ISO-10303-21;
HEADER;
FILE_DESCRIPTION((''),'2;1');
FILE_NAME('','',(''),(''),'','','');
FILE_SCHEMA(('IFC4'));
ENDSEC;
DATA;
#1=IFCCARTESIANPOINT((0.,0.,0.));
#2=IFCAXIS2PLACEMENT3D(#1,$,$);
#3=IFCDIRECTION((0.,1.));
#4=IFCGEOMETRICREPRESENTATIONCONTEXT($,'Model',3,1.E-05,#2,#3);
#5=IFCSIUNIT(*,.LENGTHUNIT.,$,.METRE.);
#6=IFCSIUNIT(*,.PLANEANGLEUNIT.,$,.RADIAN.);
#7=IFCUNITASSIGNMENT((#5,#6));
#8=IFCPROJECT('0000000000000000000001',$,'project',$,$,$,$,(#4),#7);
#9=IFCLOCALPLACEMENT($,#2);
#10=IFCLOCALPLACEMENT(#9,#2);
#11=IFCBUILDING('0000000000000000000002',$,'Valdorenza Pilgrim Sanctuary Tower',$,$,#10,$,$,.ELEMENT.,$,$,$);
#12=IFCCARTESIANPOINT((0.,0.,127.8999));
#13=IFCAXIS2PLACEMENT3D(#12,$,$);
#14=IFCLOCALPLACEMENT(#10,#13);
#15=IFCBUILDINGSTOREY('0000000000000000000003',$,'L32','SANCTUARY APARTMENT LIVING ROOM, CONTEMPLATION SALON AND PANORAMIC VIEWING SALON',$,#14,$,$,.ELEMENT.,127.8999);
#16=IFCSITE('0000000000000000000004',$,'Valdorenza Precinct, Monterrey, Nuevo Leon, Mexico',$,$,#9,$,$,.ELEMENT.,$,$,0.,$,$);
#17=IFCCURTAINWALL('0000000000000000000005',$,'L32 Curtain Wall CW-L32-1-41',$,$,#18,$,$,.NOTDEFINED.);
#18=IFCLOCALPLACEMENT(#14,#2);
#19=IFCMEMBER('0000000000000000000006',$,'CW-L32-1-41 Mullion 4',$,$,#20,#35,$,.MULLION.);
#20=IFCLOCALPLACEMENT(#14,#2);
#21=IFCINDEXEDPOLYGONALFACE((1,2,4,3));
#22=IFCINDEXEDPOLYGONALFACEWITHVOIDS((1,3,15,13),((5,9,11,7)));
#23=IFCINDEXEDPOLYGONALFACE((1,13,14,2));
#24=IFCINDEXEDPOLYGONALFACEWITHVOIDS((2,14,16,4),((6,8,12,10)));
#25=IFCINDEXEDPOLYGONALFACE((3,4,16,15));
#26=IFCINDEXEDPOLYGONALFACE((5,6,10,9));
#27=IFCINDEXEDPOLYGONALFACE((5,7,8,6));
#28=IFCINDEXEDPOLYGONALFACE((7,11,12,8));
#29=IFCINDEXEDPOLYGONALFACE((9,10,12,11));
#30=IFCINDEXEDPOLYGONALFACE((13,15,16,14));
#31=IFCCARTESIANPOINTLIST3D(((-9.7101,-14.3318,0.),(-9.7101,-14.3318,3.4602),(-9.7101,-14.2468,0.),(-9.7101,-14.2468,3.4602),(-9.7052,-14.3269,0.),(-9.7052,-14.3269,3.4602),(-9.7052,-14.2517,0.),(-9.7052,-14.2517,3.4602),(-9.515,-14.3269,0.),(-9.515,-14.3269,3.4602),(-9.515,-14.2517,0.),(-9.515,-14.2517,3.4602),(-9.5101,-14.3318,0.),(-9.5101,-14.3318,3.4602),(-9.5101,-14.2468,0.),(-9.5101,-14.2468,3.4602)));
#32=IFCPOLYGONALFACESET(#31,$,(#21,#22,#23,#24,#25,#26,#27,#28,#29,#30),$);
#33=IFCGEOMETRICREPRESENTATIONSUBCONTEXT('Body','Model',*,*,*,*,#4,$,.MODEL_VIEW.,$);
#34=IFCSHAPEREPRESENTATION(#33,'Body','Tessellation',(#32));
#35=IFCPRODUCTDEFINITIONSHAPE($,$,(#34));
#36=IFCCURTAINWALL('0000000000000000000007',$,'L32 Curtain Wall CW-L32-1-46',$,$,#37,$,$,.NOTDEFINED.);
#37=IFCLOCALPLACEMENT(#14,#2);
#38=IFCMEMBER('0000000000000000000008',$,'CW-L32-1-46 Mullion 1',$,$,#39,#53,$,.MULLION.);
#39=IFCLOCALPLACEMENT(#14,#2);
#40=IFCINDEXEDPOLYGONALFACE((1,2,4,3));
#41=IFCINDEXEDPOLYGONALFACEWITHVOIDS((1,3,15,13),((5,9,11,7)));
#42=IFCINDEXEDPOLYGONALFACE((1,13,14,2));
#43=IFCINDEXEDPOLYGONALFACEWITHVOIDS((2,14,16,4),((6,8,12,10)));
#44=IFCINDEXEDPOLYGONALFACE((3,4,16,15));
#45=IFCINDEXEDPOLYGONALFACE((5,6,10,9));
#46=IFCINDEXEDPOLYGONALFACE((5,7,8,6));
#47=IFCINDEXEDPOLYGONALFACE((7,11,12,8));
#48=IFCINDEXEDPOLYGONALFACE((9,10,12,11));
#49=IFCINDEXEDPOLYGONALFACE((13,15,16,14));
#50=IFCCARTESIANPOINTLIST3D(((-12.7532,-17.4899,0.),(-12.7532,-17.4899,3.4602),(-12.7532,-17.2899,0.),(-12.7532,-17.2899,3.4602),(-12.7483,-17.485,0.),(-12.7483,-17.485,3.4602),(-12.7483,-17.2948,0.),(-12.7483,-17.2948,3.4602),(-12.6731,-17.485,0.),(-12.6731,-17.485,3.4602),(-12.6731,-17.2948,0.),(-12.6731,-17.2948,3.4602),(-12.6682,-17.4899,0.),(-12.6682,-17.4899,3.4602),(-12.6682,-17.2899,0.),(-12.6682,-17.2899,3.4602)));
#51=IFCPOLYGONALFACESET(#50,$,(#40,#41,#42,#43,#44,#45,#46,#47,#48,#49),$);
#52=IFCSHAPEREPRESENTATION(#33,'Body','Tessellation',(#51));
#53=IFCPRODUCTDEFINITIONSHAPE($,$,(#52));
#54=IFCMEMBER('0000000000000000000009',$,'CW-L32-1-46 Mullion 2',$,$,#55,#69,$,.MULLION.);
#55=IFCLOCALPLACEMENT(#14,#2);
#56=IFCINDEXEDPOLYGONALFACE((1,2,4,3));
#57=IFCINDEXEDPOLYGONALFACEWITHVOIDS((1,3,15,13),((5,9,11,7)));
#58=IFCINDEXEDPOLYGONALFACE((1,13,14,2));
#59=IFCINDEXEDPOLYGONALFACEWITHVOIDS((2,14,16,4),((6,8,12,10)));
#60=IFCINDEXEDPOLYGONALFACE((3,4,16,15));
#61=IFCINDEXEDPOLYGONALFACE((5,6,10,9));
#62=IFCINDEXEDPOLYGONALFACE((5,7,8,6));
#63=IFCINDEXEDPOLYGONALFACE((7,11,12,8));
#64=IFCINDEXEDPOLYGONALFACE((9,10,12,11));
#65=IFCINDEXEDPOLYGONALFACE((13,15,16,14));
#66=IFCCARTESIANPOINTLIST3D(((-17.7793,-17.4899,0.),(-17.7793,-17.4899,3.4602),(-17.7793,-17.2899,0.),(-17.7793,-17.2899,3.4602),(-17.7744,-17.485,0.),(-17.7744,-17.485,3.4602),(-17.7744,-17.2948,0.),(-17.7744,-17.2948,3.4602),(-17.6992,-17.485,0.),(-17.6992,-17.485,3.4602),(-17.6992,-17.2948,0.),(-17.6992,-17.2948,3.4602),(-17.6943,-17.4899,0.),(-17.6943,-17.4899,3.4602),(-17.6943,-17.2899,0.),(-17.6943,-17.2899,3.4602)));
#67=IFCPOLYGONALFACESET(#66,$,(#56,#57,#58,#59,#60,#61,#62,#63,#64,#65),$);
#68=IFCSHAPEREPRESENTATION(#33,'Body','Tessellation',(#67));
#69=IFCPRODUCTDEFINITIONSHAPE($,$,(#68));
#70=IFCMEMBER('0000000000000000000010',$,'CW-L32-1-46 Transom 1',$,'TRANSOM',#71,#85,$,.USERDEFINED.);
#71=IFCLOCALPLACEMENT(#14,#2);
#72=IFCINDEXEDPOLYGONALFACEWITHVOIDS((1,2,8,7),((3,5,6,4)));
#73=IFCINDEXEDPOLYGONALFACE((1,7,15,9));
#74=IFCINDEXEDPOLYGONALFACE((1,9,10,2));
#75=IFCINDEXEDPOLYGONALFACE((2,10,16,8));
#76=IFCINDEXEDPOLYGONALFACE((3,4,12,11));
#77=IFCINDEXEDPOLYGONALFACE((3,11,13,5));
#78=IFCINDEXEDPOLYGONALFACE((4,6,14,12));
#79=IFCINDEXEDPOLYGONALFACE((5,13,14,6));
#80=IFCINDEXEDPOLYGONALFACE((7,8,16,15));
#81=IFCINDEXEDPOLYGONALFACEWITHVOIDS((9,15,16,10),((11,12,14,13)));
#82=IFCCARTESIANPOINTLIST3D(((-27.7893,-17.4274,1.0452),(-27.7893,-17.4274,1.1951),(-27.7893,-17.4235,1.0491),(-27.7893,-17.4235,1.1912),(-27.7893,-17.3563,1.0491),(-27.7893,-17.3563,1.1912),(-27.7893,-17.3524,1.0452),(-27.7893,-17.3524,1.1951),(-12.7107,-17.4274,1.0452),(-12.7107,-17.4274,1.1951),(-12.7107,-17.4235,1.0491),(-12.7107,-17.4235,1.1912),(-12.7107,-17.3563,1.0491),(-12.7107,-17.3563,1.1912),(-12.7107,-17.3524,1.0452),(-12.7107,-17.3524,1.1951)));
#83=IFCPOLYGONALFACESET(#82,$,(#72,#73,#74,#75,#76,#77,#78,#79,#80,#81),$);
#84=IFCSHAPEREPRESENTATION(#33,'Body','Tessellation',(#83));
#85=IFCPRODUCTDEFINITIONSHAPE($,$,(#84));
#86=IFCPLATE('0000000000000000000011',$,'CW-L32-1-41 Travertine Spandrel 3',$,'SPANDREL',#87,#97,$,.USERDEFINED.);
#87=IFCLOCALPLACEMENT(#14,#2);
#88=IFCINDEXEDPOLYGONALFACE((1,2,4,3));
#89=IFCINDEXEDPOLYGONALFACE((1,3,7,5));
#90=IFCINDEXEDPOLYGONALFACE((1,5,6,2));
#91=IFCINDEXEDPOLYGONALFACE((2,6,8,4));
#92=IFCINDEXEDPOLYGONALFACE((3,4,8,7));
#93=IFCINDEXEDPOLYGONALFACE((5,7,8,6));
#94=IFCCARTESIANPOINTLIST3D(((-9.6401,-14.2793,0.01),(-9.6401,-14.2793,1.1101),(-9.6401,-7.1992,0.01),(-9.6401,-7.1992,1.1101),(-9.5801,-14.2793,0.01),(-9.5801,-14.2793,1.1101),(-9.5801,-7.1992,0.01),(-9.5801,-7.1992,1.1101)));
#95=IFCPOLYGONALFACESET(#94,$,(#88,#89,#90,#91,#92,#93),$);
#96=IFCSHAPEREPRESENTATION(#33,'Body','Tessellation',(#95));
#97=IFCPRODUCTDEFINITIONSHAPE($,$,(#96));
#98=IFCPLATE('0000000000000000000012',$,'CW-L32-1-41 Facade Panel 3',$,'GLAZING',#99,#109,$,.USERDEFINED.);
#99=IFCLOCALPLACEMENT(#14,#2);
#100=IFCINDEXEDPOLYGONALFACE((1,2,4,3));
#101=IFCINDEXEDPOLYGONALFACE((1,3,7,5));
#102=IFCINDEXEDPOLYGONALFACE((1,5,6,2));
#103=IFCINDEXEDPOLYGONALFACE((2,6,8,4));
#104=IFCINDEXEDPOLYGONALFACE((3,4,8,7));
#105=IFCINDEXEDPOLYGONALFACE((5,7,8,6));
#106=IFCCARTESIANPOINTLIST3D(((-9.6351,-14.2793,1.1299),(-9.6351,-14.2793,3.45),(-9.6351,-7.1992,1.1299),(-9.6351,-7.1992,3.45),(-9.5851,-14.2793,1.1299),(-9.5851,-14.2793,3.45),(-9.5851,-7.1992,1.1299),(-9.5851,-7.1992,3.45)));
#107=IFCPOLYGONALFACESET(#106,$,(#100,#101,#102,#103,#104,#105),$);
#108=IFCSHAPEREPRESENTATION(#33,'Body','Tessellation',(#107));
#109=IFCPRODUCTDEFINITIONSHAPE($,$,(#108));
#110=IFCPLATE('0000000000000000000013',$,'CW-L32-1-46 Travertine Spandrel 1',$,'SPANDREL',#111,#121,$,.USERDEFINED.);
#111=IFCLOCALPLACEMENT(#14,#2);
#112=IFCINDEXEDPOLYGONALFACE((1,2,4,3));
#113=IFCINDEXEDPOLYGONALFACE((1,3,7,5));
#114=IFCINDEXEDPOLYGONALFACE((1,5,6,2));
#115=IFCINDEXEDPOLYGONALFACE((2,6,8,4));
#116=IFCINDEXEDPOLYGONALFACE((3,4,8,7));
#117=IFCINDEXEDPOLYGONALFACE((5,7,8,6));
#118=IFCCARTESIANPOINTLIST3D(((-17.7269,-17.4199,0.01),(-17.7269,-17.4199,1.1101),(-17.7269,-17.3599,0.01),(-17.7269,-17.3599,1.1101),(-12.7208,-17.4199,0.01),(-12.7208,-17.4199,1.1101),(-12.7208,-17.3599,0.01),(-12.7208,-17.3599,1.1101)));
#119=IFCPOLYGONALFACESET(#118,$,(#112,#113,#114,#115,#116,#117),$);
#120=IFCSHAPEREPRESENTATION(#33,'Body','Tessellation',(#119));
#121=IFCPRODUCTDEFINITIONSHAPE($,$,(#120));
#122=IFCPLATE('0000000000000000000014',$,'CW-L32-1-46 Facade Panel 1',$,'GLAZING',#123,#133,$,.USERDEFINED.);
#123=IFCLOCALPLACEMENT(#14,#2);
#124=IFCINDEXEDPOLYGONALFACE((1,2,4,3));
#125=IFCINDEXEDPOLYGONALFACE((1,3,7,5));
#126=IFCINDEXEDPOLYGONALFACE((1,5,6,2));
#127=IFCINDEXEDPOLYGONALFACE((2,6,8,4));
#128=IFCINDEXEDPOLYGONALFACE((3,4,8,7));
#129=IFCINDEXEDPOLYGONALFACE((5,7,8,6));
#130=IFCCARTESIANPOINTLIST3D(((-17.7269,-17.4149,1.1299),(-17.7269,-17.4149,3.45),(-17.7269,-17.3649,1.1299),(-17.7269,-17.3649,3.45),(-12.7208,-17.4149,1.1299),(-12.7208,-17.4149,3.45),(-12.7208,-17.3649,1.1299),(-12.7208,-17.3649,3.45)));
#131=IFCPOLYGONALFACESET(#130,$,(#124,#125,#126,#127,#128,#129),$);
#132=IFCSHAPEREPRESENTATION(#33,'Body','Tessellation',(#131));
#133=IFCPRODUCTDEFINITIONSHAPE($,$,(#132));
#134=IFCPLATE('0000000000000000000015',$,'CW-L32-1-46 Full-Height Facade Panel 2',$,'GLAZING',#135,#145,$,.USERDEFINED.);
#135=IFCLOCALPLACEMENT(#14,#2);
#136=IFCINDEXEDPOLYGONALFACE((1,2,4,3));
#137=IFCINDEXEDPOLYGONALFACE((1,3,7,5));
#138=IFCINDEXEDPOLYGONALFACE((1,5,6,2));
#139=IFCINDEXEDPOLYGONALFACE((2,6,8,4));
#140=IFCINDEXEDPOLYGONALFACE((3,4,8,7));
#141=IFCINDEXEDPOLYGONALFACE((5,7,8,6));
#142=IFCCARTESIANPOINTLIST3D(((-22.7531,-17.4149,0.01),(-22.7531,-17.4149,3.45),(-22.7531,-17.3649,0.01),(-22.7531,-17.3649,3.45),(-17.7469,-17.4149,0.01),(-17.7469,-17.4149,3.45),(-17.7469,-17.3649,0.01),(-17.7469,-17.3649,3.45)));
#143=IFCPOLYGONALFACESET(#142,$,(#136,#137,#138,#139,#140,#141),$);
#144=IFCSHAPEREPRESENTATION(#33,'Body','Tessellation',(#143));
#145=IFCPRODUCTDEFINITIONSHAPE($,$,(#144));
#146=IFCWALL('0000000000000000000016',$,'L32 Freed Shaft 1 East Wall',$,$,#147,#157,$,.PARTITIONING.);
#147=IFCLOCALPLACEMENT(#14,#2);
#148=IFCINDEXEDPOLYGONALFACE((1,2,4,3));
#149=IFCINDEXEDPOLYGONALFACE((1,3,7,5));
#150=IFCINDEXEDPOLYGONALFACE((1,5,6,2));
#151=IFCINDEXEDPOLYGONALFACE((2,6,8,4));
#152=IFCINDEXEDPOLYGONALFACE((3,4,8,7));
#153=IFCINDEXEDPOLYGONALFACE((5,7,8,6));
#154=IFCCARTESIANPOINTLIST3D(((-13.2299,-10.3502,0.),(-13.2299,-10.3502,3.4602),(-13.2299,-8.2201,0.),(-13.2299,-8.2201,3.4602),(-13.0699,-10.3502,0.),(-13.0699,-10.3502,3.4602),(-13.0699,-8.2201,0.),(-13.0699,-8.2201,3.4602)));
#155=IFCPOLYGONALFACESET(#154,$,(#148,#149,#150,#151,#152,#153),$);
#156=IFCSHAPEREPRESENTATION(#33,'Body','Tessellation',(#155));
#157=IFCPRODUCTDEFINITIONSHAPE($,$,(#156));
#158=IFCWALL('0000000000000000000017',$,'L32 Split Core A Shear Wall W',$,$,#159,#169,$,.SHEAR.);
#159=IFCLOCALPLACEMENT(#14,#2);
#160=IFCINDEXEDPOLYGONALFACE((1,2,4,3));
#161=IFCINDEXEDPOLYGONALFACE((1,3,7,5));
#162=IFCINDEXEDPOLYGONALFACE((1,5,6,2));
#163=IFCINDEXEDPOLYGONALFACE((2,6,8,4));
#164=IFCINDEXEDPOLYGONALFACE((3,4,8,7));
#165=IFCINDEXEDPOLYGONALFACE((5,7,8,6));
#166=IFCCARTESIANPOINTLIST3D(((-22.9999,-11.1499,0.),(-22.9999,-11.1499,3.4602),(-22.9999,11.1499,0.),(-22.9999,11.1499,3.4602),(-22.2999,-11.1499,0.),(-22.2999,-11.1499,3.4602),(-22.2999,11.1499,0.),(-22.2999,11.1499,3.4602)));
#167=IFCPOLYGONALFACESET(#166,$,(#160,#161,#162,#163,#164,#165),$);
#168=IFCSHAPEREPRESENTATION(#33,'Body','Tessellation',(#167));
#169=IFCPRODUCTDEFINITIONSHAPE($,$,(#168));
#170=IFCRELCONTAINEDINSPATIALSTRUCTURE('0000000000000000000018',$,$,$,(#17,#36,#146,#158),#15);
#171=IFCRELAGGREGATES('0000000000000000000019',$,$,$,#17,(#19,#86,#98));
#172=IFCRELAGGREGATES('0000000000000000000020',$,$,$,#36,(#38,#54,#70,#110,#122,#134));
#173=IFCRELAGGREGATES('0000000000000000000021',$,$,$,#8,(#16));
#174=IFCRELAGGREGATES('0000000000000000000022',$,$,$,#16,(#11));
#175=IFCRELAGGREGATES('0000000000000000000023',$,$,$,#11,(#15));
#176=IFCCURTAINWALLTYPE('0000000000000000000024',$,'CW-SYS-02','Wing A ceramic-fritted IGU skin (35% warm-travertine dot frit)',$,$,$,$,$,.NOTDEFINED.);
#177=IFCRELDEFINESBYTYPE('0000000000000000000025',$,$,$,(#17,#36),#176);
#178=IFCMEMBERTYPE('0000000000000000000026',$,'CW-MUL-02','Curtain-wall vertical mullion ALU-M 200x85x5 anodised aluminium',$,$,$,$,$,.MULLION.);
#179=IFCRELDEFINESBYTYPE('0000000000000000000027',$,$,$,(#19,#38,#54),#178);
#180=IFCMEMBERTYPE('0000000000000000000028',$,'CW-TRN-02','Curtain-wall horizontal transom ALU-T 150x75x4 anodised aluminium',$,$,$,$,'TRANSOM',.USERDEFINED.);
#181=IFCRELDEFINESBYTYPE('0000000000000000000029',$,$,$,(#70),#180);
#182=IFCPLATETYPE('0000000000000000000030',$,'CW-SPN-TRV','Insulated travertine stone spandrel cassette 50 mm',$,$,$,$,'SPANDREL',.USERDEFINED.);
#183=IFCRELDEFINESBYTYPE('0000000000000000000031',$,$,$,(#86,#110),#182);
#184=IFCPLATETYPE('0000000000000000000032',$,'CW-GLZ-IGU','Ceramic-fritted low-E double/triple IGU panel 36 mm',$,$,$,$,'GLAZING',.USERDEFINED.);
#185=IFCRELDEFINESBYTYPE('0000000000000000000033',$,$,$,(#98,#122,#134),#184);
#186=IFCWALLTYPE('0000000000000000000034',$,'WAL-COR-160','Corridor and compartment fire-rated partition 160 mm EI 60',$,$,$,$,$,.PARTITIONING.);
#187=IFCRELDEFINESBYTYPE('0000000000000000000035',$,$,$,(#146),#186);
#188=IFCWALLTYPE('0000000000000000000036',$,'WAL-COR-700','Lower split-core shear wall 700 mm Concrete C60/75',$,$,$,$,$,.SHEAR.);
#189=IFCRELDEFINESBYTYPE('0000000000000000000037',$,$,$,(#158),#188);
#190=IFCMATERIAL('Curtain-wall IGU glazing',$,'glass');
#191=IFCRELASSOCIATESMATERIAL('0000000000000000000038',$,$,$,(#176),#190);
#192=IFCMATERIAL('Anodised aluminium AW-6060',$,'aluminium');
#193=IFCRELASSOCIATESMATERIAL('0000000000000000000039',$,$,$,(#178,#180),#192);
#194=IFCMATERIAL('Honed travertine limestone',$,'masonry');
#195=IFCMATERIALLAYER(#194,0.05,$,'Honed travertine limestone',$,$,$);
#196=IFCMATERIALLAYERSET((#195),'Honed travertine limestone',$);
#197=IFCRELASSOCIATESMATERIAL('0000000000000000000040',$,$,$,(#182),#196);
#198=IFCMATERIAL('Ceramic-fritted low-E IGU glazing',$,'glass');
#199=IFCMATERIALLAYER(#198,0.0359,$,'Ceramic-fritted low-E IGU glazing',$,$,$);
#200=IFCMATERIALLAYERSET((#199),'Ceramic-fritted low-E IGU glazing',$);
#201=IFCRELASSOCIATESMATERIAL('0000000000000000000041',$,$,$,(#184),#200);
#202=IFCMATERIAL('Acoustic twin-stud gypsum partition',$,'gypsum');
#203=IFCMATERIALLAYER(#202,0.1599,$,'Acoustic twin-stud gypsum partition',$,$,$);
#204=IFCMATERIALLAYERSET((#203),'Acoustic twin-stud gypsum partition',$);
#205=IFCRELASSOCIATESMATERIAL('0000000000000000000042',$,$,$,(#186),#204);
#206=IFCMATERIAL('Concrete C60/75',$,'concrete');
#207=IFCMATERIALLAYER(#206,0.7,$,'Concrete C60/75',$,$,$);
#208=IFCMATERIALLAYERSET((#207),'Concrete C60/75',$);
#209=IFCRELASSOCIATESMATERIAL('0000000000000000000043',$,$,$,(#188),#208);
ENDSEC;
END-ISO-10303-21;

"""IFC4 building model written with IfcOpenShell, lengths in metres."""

from ifc_helpers import new_model, si_unit, direction, frame, frame_2d, origin, origin_2d, place, context, subcontext, project, spatial, rectangle, hollow_rectangle, extrude, source, transform, mapped, material, layer, layer_set, material_profile, profile_set, type_object, element, aggregate, save


model = new_model("IFC4")

# Units and contexts
model_context = context("Model", 3, precision=1e-05, world=origin(), true_north=direction((0.0, 1.0)))
body_context = subcontext(model_context, "Body", "Model", "MODEL_VIEW")
ifc_project = project(units=[si_unit("LENGTHUNIT", "METRE"), si_unit("PLANEANGLEUNIT", "RADIAN")], contexts=[model_context])

# Site, building, storey
site_placement = place(None, origin())
site = spatial("IfcSite", under=ifc_project, at=site_placement, Name="Valdorenza Precinct, Monterrey, Nuevo Leon, Mexico", CompositionType="ELEMENT", RefElevation=0.0)
building_placement = place(site_placement, origin())
building = spatial("IfcBuilding", under=site, at=building_placement, Name="Valdorenza Pilgrim Sanctuary Tower", CompositionType="ELEMENT")
storey_placement = place(building_placement, frame((0.0, 0.0, 127.8999)))
storey = spatial("IfcBuildingStorey", under=building, at=storey_placement, Name="L32", Description="SANCTUARY APARTMENT LIVING ROOM, CONTEMPLATION SALON AND PANORAMIC VIEWING SALON", CompositionType="ELEMENT", Elevation=127.8999)

# Shared definitions
ifc_material_1 = material(Name="Concrete C60/75", Category="concrete")

# Curtain wall, member
ifc_material_2 = material(Name="Curtain-wall IGU glazing", Category="glass")
curtain_wall_type = type_object("IfcCurtainWallType", Name="CW-SYS-02", Description="Wing A ceramic-fritted IGU skin (35% warm-travertine dot frit)", PredefinedType="NOTDEFINED", material=ifc_material_2)
curtain_wall_1_placement = place(storey_placement, origin())
curtain_wall_1 = element("IfcCurtainWall", 1, at=curtain_wall_1_placement, inside=storey, type_object=curtain_wall_type, Name="L32 Curtain Wall CW-L32-1-41", PredefinedType="NOTDEFINED")
ifc_material_3 = material(Name="Anodised aluminium AW-6060", Category="aluminium")
ifc_material_profile_1 = material_profile(ifc_material_3, hollow_rectangle(XDim=0.085, YDim=0.2, WallThickness=0.0049, at=origin_2d()), Name="ALU-M 200x85x5")
ifc_profile_set_1 = profile_set([ifc_material_profile_1], Name="Anodised aluminium AW-6060")
member_type_1 = type_object("IfcMemberType", Name="CW-MUL-02", Description="Curtain-wall vertical mullion ALU-M 200x85x5 anodised aluminium", PredefinedType="MULLION", material=ifc_profile_set_1)
shared_shape_1 = source(origin(), body_context, "Body", "SweptSolid", [
    extrude(hollow_rectangle(XDim=0.085, YDim=0.2, WallThickness=0.0049, at=origin_2d()), origin(), (0.0, 0.0, 1.0), 3.4602),
])
member_1_placement = place(storey_placement, frame((-9.6101, -14.2893, 0.0), z_axis=(0.0, 0.0, 1.0), x_axis=(0.0, -1.0, 0.0)))
member_1 = element("IfcMember", 2, at=member_1_placement, type_object=member_type_1, Name="CW-L32-1-41 Mullion 4", PredefinedType="MULLION", context=body_context, shape_type="MappedRepresentation", body=[
    mapped(shared_shape_1, transform((0.0, 0.0, 0.0), x_axis=(1.0, 0.0, 0.0), y_axis=(0.0, 1.0, 0.0), z_axis=(0.0, 0.0, 1.0), scale=1.0)),
])

# Curtain wall, members
curtain_wall_2_placement = place(storey_placement, origin())
curtain_wall_2 = element("IfcCurtainWall", 3, at=curtain_wall_2_placement, inside=storey, type_object=curtain_wall_type, Name="L32 Curtain Wall CW-L32-1-46", PredefinedType="NOTDEFINED")
member_2_placement = place(storey_placement, frame((-12.7107, -17.3899, 0.0), z_axis=(0.0, 0.0, 1.0), x_axis=(-1.0, 0.0, 0.0)))
member_2 = element("IfcMember", 4, at=member_2_placement, type_object=member_type_1, Name="CW-L32-1-46 Mullion 1", PredefinedType="MULLION", context=body_context, shape_type="MappedRepresentation", body=[
    mapped(shared_shape_1, transform((0.0, 0.0, 0.0), x_axis=(1.0, 0.0, 0.0), y_axis=(0.0, 1.0, 0.0), z_axis=(0.0, 0.0, 1.0), scale=1.0)),
])
member_3_placement = place(storey_placement, frame((-17.7368, -17.3899, 0.0), z_axis=(0.0, 0.0, 1.0), x_axis=(-1.0, 0.0, 0.0)))
member_3 = element("IfcMember", 5, at=member_3_placement, type_object=member_type_1, Name="CW-L32-1-46 Mullion 2", PredefinedType="MULLION", context=body_context, shape_type="MappedRepresentation", body=[
    mapped(shared_shape_1, transform((0.0, 0.0, 0.0), x_axis=(1.0, 0.0, 0.0), y_axis=(0.0, 1.0, 0.0), z_axis=(0.0, 0.0, 1.0), scale=1.0)),
])
ifc_material_profile_2 = material_profile(ifc_material_3, hollow_rectangle(XDim=0.075, YDim=0.1499, WallThickness=0.0039, at=origin_2d()), Name="ALU-T 150x75x4")
ifc_profile_set_2 = profile_set([ifc_material_profile_2], Name="Anodised aluminium AW-6060")
member_type_2 = type_object("IfcMemberType", Name="CW-TRN-02", Description="Curtain-wall horizontal transom ALU-T 150x75x4 anodised aluminium", ElementType="TRANSOM", PredefinedType="USERDEFINED", material=ifc_profile_set_2)
shared_shape_2 = source(origin(), body_context, "Body", "SweptSolid", [
    extrude(hollow_rectangle(XDim=0.075, YDim=0.1499, WallThickness=0.0039, at=origin_2d()), origin(), (0.0, 0.0, 1.0), 15.0786),
])
member_4_placement = place(storey_placement, frame((-12.7107, -17.3899, 1.1201), z_axis=(-1.0, 0.0, 0.0), x_axis=(0.0, -1.0, 0.0)))
member_4 = element("IfcMember", 6, at=member_4_placement, type_object=member_type_2, Name="CW-L32-1-46 Transom 1", ObjectType="TRANSOM", PredefinedType="USERDEFINED", context=body_context, shape_type="MappedRepresentation", body=[
    mapped(shared_shape_2, transform((0.0, 0.0, 0.0), x_axis=(1.0, 0.0, 0.0), y_axis=(0.0, 1.0, 0.0), z_axis=(0.0, 0.0, 1.0), scale=1.0)),
])

# Plates
ifc_material_4 = material(Name="Honed travertine limestone", Category="masonry")
ifc_layer_1 = layer(ifc_material_4, 0.05, Name="Honed travertine limestone")
ifc_layer_set_1 = layer_set([ifc_layer_1], Name="Honed travertine limestone")
plate_type_1 = type_object("IfcPlateType", Name="CW-SPN-TRV", Description="Insulated travertine stone spandrel cassette 50 mm", ElementType="SPANDREL", PredefinedType="USERDEFINED", material=ifc_layer_set_1)
shared_shape_3 = source(origin(), body_context, "Body", "SweptSolid", [
    extrude(rectangle(XDim=7.0801, YDim=0.0601, at=origin_2d()), origin(), (0.0, 0.0, 1.0), 1.1001),
])
plate_1_placement = place(storey_placement, frame((-9.6101, -10.7393, 0.01), z_axis=(0.0, 0.0, 1.0), x_axis=(0.0, -1.0, 0.0)))
plate_1 = element("IfcPlate", 7, at=plate_1_placement, type_object=plate_type_1, Name="CW-L32-1-41 Travertine Spandrel 3", ObjectType="SPANDREL", PredefinedType="USERDEFINED", context=body_context, shape_type="MappedRepresentation", body=[
    mapped(shared_shape_3, transform((0.0, 0.0, 0.0), x_axis=(1.0, 0.0, 0.0), y_axis=(0.0, 1.0, 0.0), z_axis=(0.0, 0.0, 1.0), scale=1.0)),
])
ifc_material_5 = material(Name="Ceramic-fritted low-E IGU glazing", Category="glass")
ifc_layer_2 = layer(ifc_material_5, 0.0359, Name="Ceramic-fritted low-E IGU glazing")
ifc_layer_set_2 = layer_set([ifc_layer_2], Name="Ceramic-fritted low-E IGU glazing")
plate_type_2 = type_object("IfcPlateType", Name="CW-GLZ-IGU", Description="Ceramic-fritted low-E double/triple IGU panel 36 mm", ElementType="GLAZING", PredefinedType="USERDEFINED", material=ifc_layer_set_2)
shared_shape_4 = source(origin(), body_context, "Body", "SweptSolid", [
    extrude(rectangle(XDim=7.0801, YDim=0.05, at=origin_2d()), origin(), (0.0, 0.0, 1.0), 2.3201),
])
plate_2_placement = place(storey_placement, frame((-9.6101, -10.7393, 1.1299), z_axis=(0.0, 0.0, 1.0), x_axis=(0.0, -1.0, 0.0)))
plate_2 = element("IfcPlate", 8, at=plate_2_placement, type_object=plate_type_2, Name="CW-L32-1-41 Facade Panel 3", ObjectType="GLAZING", PredefinedType="USERDEFINED", context=body_context, shape_type="MappedRepresentation", body=[
    mapped(shared_shape_4, transform((0.0, 0.0, 0.0), x_axis=(1.0, 0.0, 0.0), y_axis=(0.0, 1.0, 0.0), z_axis=(0.0, 0.0, 1.0), scale=1.0)),
])
aggregate(curtain_wall_1, [member_1, plate_1, plate_2])
shared_shape_5 = source(origin(), body_context, "Body", "SweptSolid", [
    extrude(rectangle(XDim=5.0061, YDim=0.0601, at=origin_2d()), origin(), (0.0, 0.0, 1.0), 1.1001),
])
plate_3_placement = place(storey_placement, frame((-15.2239, -17.3899, 0.01), z_axis=(0.0, 0.0, 1.0), x_axis=(-1.0, 0.0, 0.0)))
plate_3 = element("IfcPlate", 9, at=plate_3_placement, type_object=plate_type_1, Name="CW-L32-1-46 Travertine Spandrel 1", ObjectType="SPANDREL", PredefinedType="USERDEFINED", context=body_context, shape_type="MappedRepresentation", body=[
    mapped(shared_shape_5, transform((0.0, 0.0, 0.0), x_axis=(1.0, 0.0, 0.0), y_axis=(0.0, 1.0, 0.0), z_axis=(0.0, 0.0, 1.0), scale=1.0)),
])
shared_shape_6 = source(origin(), body_context, "Body", "SweptSolid", [
    extrude(rectangle(XDim=5.0061, YDim=0.05, at=origin_2d()), origin(), (0.0, 0.0, 1.0), 2.3201),
])
plate_4_placement = place(storey_placement, frame((-15.2239, -17.3899, 1.1299), z_axis=(0.0, 0.0, 1.0), x_axis=(-1.0, 0.0, 0.0)))
plate_4 = element("IfcPlate", 10, at=plate_4_placement, type_object=plate_type_2, Name="CW-L32-1-46 Facade Panel 1", ObjectType="GLAZING", PredefinedType="USERDEFINED", context=body_context, shape_type="MappedRepresentation", body=[
    mapped(shared_shape_6, transform((0.0, 0.0, 0.0), x_axis=(1.0, 0.0, 0.0), y_axis=(0.0, 1.0, 0.0), z_axis=(0.0, 0.0, 1.0), scale=1.0)),
])
shared_shape_7 = source(origin(), body_context, "Body", "SweptSolid", [
    extrude(rectangle(XDim=5.0061, YDim=0.05, at=origin_2d()), origin(), (0.0, 0.0, 1.0), 3.4399),
])
plate_5_placement = place(storey_placement, frame((-20.25, -17.3899, 0.01), z_axis=(0.0, 0.0, 1.0), x_axis=(-1.0, 0.0, 0.0)))
plate_5 = element("IfcPlate", 11, at=plate_5_placement, type_object=plate_type_2, Name="CW-L32-1-46 Full-Height Facade Panel 2", ObjectType="GLAZING", PredefinedType="USERDEFINED", context=body_context, shape_type="MappedRepresentation", body=[
    mapped(shared_shape_7, transform((0.0, 0.0, 0.0), x_axis=(1.0, 0.0, 0.0), y_axis=(0.0, 1.0, 0.0), z_axis=(0.0, 0.0, 1.0), scale=1.0)),
])
aggregate(curtain_wall_2, [member_2, member_3, member_4, plate_3, plate_4, plate_5])

# Walls
ifc_material_6 = material(Name="Acoustic twin-stud gypsum partition", Category="gypsum")
ifc_layer_3 = layer(ifc_material_6, 0.1599, Name="Acoustic twin-stud gypsum partition")
ifc_layer_set_3 = layer_set([ifc_layer_3], Name="Acoustic twin-stud gypsum partition")
wall_type_1 = type_object("IfcWallType", Name="WAL-COR-160", Description="Corridor and compartment fire-rated partition 160 mm EI 60", PredefinedType="PARTITIONING", material=ifc_layer_set_3)
wall_1_placement = place(storey_placement, frame((-13.1499, -10.3501, 0.0), z_axis=(0.0, 0.0, 1.0), x_axis=(0.0, 1.0, 0.0)))
element("IfcWall", 12, at=wall_1_placement, inside=storey, type_object=wall_type_1, Name="L32 Freed Shaft 1 East Wall", PredefinedType="PARTITIONING", context=body_context, shape_type="SweptSolid", body=[
    extrude(rectangle(XDim=2.1301, YDim=0.1599, at=frame_2d((1.0649, 0.0))), origin(), (0.0, 0.0, 1.0), 3.4602),
])
ifc_layer_4 = layer(ifc_material_1, 0.7, Name="Concrete C60/75")
ifc_layer_set_4 = layer_set([ifc_layer_4], Name="Concrete C60/75")
wall_type_2 = type_object("IfcWallType", Name="WAL-COR-700", Description="Lower split-core shear wall 700 mm Concrete C60/75", PredefinedType="SHEAR", material=ifc_layer_set_4)
wall_2_placement = place(storey_placement, frame((-22.6499, -11.1499, 0.0), z_axis=(0.0, 0.0, 1.0), x_axis=(0.0, 1.0, 0.0)))
element("IfcWall", 13, at=wall_2_placement, inside=storey, type_object=wall_type_2, Name="L32 Split Core A Shear Wall W", PredefinedType="SHEAR", context=body_context, shape_type="SweptSolid", body=[
    extrude(rectangle(XDim=22.2998, YDim=0.7, at=frame_2d((11.1499, 0.0))), origin(), (0.0, 0.0, 1.0), 3.4602),
])

save(model, "model.ifc")
